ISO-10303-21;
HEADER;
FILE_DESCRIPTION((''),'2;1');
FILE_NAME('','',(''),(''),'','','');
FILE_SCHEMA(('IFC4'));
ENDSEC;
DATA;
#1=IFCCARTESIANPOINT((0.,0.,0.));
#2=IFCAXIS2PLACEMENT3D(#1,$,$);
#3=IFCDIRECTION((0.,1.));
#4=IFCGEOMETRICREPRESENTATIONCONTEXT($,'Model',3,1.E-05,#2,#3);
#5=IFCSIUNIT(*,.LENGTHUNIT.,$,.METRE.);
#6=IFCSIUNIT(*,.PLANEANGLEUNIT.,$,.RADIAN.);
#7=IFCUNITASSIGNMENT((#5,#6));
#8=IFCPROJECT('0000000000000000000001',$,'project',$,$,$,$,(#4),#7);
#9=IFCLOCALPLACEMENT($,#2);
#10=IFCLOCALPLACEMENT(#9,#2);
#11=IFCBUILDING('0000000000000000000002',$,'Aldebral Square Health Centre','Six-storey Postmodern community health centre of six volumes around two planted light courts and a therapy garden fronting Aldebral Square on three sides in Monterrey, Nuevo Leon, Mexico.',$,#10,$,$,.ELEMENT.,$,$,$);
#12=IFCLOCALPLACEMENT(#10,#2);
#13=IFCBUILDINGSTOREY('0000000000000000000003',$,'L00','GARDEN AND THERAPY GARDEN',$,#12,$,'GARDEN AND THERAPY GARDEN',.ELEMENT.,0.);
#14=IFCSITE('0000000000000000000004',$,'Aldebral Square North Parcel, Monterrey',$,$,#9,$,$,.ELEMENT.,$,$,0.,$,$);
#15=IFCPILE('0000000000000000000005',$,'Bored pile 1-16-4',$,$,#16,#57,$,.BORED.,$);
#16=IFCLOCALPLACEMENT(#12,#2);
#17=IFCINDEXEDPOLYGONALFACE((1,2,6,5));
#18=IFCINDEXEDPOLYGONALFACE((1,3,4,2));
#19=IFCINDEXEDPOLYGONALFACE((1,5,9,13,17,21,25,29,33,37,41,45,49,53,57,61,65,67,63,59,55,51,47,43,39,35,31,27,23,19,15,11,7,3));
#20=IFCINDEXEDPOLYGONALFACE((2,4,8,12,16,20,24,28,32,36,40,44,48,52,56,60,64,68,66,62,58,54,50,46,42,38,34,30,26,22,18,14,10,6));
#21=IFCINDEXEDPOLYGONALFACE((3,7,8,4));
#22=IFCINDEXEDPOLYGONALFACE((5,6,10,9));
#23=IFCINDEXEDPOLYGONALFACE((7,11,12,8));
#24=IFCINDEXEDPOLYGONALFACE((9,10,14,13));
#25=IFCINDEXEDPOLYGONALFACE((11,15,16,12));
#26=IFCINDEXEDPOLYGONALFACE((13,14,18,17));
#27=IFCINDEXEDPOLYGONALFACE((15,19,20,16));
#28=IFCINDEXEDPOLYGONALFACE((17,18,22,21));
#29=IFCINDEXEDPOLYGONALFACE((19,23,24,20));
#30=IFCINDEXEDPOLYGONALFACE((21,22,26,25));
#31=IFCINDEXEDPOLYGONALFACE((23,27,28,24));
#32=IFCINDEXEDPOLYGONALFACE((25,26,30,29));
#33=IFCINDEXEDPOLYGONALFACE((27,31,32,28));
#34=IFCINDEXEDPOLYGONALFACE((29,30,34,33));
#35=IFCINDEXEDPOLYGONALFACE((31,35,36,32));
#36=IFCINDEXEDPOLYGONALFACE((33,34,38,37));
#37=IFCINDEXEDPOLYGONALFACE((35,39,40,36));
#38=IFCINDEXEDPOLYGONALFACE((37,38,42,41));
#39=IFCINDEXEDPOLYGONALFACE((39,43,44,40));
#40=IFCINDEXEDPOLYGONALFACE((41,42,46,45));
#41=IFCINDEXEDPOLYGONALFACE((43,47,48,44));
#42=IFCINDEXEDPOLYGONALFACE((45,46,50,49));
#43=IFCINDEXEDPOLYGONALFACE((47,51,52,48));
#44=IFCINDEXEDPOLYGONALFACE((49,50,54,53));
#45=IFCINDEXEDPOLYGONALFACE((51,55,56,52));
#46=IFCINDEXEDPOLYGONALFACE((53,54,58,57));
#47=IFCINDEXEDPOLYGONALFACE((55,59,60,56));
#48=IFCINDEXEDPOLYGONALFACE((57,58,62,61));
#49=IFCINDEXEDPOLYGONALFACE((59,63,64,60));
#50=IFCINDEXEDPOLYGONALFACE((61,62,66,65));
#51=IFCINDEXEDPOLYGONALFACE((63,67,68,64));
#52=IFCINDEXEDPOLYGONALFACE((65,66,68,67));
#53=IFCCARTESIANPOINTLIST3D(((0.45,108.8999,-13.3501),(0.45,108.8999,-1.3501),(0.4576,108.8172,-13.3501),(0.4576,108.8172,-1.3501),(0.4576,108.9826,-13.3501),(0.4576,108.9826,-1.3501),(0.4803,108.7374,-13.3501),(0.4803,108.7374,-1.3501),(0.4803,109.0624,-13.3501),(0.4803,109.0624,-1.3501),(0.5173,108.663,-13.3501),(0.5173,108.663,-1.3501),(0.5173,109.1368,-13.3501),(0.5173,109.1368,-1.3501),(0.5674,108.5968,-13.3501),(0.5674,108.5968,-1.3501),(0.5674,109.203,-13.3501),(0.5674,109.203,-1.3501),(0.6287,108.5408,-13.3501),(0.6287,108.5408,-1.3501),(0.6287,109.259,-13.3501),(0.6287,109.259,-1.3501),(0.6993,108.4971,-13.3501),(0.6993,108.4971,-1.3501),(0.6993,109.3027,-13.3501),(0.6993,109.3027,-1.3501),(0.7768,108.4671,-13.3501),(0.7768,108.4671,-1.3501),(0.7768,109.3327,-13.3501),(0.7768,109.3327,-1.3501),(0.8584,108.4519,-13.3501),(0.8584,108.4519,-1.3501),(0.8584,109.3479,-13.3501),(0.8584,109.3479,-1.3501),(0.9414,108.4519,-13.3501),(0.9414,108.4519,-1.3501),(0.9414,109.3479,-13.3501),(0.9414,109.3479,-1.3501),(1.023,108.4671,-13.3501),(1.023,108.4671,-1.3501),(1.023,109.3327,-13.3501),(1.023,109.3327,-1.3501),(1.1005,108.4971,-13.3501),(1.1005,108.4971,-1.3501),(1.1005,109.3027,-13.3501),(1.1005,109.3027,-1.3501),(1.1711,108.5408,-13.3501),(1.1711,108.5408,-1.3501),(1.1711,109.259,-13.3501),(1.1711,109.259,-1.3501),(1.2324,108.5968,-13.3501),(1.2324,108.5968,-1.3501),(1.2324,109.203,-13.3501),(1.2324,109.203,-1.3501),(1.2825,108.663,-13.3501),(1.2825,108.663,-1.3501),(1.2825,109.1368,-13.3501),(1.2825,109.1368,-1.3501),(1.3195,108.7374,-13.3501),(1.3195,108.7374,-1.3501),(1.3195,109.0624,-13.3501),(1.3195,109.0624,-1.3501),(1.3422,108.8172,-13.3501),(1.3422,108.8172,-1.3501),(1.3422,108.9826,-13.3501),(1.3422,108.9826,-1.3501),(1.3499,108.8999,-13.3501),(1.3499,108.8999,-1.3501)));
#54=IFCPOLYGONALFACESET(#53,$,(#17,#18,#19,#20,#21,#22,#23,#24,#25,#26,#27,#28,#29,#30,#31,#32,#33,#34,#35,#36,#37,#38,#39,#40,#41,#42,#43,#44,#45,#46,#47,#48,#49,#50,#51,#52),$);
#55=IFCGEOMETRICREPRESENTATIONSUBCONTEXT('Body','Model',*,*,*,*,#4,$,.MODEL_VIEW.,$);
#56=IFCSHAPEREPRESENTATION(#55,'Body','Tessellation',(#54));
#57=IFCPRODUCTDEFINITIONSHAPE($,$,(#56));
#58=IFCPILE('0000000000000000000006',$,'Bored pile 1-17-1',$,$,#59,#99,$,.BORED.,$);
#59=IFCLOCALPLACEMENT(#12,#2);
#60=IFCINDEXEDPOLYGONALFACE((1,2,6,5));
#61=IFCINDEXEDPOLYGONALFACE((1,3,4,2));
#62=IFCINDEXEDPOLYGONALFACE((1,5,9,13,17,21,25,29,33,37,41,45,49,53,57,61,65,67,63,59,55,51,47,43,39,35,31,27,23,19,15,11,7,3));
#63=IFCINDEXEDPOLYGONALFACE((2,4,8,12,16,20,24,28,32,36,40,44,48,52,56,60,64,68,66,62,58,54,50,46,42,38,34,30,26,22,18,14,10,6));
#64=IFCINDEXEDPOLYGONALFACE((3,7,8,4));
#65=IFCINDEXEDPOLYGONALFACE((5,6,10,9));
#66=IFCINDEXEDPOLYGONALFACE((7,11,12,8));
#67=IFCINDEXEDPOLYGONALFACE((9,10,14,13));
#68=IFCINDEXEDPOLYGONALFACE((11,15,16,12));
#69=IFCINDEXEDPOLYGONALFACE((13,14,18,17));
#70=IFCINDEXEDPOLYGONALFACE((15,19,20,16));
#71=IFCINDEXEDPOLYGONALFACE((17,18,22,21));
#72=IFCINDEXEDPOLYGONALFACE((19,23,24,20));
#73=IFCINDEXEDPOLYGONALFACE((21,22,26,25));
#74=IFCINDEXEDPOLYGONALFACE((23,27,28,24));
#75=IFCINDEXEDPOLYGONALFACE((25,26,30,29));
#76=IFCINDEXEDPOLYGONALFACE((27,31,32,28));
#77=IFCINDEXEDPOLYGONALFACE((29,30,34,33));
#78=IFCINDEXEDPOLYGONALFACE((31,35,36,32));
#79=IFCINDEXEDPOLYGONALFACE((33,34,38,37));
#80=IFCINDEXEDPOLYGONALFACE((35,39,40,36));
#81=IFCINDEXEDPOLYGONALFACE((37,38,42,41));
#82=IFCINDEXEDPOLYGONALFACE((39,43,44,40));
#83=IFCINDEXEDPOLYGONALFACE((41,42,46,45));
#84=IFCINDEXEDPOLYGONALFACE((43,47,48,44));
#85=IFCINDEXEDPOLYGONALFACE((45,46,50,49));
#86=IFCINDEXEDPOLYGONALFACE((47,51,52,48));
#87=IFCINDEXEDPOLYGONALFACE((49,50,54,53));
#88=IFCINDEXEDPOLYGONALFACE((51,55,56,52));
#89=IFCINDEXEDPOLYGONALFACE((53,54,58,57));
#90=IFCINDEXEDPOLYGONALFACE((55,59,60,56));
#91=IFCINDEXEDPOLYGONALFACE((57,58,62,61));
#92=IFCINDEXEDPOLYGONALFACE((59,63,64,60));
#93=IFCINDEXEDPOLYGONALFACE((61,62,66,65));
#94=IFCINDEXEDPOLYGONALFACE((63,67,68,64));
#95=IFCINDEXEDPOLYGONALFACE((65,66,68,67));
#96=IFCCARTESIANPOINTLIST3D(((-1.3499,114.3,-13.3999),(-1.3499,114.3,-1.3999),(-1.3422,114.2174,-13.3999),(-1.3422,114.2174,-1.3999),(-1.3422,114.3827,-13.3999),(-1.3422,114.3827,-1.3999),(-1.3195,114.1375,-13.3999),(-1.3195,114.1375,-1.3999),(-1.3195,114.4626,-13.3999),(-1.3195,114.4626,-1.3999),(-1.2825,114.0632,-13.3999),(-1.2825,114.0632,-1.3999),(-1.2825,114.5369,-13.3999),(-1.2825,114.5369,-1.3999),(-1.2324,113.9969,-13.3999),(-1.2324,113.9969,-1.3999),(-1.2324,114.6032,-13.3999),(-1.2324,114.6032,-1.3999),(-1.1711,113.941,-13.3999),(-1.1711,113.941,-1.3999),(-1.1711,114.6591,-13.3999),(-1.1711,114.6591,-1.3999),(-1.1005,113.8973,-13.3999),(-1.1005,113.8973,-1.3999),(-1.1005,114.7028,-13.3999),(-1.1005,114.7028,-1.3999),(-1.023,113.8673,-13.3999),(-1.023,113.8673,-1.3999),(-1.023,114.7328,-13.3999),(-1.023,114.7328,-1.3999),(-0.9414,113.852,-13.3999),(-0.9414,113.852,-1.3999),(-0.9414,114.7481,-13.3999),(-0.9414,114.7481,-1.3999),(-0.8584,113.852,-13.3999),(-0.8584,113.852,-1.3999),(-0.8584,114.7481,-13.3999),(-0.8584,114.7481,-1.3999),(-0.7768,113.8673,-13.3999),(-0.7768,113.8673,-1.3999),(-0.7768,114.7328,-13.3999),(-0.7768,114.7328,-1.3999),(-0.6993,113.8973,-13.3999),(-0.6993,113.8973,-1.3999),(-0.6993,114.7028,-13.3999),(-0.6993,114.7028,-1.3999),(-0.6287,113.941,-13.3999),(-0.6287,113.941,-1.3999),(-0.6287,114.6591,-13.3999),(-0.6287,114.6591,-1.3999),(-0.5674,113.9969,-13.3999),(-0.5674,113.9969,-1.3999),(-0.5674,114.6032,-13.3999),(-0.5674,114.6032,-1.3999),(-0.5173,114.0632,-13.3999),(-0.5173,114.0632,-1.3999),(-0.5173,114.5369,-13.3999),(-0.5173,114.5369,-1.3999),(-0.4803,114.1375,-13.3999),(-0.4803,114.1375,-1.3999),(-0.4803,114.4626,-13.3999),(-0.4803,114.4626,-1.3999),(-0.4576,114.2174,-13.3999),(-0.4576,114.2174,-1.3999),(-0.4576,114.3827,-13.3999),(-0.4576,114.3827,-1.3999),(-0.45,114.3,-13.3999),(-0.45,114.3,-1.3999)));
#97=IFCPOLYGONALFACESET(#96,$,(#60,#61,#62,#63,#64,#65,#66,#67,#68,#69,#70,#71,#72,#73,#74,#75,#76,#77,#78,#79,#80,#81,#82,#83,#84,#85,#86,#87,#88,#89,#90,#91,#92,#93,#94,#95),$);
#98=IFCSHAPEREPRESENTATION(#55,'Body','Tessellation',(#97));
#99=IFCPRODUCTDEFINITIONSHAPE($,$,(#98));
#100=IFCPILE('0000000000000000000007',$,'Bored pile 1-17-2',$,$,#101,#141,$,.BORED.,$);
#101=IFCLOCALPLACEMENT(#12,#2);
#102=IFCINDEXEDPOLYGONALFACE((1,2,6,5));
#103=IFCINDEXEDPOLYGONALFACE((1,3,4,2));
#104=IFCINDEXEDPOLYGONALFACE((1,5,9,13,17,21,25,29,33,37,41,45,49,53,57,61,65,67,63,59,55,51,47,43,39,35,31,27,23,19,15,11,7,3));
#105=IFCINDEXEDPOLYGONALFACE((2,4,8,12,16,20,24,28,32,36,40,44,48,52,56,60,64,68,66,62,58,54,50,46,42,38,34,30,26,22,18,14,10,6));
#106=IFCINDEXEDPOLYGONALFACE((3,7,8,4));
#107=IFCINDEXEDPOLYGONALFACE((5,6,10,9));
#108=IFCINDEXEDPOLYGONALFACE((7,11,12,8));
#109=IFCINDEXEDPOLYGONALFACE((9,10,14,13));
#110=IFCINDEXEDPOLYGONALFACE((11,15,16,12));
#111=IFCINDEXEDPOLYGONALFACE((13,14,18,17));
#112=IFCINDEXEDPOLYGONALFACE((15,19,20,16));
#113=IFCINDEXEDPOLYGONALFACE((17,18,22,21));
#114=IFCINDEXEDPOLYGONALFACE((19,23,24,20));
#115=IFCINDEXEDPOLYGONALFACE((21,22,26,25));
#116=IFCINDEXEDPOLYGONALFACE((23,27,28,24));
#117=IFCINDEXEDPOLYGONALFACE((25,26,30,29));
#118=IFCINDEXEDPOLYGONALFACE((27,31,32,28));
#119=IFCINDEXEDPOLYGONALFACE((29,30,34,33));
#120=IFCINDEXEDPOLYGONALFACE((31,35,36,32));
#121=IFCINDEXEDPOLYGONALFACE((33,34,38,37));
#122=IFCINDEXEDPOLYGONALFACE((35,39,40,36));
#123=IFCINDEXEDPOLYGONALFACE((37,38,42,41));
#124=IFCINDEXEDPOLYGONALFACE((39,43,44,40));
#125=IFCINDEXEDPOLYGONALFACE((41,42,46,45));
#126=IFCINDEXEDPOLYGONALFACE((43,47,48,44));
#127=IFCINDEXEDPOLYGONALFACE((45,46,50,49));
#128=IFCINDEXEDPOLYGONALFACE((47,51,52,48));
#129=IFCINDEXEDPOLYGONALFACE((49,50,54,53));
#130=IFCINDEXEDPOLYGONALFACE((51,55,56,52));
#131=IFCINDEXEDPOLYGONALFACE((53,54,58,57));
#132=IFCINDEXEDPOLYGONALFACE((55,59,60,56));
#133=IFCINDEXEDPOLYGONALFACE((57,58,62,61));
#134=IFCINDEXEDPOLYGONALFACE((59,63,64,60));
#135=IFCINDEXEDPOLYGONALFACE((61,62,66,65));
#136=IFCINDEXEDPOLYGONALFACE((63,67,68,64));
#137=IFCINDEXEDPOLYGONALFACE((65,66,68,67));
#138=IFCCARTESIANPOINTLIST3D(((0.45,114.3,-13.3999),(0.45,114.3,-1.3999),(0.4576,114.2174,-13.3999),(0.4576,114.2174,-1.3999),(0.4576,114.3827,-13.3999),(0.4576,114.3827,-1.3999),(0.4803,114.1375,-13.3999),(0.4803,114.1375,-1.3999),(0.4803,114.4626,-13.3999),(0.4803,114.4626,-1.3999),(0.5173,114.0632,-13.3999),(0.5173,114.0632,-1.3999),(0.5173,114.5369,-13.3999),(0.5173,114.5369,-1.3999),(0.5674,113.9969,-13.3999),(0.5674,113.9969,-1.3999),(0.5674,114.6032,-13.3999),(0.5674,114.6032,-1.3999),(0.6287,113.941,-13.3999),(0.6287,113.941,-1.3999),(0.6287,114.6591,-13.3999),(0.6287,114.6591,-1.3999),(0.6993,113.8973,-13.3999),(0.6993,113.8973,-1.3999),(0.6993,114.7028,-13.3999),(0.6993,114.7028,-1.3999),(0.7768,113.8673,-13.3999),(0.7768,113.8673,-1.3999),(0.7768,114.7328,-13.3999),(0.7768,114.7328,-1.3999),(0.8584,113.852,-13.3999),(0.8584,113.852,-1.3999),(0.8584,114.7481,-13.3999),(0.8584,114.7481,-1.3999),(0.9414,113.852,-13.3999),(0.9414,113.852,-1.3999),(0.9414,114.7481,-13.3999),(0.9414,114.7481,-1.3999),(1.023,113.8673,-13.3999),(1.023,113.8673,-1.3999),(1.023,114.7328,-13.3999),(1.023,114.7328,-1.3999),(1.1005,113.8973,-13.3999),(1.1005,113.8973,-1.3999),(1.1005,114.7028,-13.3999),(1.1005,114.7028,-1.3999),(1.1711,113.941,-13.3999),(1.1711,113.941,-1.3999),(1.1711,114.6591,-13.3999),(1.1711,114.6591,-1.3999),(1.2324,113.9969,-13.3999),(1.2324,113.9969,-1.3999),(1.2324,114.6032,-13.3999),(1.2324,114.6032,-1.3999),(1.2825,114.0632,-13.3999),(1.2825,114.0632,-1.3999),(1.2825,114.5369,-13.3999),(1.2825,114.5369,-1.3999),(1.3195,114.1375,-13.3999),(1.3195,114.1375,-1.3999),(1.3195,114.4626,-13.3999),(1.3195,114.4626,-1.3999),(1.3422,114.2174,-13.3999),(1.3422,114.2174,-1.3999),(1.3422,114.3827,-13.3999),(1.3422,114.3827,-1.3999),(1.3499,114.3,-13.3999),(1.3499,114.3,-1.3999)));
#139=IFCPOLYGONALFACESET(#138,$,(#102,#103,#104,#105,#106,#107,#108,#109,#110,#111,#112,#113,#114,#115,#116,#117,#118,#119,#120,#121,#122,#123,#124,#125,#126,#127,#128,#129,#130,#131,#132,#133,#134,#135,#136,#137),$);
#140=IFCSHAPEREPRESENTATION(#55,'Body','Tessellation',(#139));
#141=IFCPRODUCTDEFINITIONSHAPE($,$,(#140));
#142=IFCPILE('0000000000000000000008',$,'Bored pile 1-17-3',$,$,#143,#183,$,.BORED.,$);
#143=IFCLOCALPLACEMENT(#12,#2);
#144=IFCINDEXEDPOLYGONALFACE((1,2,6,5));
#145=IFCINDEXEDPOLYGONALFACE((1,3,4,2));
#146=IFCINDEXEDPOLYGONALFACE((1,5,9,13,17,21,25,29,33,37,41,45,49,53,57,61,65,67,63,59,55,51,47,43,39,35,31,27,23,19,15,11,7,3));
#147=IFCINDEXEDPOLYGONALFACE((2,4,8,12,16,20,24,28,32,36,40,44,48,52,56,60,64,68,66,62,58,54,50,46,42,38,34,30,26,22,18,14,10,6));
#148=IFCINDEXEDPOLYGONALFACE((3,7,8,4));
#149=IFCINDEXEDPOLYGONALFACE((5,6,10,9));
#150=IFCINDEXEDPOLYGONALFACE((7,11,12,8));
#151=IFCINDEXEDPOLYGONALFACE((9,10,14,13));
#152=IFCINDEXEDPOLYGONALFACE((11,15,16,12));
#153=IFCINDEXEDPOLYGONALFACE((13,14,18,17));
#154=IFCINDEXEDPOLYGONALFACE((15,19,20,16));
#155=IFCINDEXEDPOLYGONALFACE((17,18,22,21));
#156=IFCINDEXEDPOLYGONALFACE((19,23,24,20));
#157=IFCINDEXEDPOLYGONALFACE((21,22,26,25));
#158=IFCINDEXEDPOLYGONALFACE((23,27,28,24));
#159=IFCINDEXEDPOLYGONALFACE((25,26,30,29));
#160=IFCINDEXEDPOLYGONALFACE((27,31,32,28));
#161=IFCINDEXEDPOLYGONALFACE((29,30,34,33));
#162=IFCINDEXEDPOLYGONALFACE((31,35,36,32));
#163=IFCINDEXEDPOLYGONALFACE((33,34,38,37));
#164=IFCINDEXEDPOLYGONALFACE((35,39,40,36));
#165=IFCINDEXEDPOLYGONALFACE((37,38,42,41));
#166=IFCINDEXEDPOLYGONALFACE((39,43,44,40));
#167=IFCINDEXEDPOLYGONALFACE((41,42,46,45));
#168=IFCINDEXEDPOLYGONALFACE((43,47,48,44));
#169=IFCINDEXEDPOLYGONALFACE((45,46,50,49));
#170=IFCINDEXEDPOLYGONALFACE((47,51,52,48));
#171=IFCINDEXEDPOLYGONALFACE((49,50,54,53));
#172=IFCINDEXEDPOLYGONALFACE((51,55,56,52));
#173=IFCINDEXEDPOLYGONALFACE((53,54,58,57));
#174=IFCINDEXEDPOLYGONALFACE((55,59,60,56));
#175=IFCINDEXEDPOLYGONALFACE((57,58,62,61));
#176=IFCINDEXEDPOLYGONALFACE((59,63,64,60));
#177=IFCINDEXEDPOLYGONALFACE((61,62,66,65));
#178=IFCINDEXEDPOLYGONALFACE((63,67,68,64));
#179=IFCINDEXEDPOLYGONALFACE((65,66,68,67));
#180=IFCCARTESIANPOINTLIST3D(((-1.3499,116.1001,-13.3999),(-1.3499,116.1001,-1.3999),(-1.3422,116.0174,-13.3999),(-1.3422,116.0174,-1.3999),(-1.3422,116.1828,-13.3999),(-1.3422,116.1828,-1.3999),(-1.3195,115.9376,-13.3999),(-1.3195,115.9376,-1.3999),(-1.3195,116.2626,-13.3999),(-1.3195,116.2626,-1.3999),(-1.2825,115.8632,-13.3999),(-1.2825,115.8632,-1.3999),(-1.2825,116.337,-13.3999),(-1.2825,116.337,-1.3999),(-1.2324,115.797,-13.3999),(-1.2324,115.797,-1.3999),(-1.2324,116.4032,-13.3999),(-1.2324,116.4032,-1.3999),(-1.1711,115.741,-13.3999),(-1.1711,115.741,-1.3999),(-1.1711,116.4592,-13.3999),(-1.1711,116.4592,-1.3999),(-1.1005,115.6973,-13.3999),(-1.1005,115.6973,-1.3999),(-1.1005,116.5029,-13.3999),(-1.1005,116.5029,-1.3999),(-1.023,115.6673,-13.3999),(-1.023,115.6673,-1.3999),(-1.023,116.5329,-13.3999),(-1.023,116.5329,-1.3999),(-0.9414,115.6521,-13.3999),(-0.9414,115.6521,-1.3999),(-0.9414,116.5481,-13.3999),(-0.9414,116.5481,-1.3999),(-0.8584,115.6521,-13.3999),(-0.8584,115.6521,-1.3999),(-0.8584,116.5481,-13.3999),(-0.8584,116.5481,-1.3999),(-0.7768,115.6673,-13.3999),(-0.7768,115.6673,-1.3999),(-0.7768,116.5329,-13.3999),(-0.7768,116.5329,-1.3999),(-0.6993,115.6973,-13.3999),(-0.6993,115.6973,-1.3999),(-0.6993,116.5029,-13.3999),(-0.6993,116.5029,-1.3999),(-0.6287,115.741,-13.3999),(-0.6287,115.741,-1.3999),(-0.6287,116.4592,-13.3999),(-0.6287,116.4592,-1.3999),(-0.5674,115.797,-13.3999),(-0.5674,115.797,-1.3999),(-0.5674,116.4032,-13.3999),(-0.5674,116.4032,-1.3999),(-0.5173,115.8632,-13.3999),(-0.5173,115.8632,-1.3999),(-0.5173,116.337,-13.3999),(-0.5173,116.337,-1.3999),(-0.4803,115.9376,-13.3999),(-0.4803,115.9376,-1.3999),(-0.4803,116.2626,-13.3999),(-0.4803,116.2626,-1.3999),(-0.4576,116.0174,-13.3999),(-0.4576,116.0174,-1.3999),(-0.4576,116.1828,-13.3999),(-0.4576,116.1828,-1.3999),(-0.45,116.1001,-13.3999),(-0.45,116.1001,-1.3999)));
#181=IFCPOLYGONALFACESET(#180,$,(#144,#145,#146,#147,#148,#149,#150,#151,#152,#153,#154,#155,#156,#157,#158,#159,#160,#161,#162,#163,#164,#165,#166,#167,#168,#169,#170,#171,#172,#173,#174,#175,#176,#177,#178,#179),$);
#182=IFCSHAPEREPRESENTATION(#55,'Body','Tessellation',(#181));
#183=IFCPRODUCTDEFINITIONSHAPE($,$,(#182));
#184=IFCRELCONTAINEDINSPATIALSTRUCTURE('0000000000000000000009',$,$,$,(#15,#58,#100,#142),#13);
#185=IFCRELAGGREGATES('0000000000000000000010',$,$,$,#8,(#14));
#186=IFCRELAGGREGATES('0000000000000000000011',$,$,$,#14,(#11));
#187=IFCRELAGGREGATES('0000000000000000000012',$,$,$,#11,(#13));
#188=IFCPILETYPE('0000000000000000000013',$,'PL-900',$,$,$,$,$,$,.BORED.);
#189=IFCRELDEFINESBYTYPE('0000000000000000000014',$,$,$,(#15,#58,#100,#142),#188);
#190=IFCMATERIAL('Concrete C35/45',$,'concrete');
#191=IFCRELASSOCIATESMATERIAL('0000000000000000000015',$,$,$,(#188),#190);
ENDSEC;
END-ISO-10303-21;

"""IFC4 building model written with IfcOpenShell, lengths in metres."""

from ifc_helpers import new_model, si_unit, direction, frame, origin, origin_2d, place, context, subcontext, project, spatial, circle, extrude, material, material_profile, profile_set, type_object, element, save


model = new_model("IFC4")

# Units and contexts
model_context = context("Model", 3, precision=1e-05, world=origin(), true_north=direction((0.0, 1.0)))
body_context = subcontext(model_context, "Body", "Model", "MODEL_VIEW")
ifc_project = project(units=[si_unit("LENGTHUNIT", "METRE"), si_unit("PLANEANGLEUNIT", "RADIAN")], contexts=[model_context])

# Site, building, storey
site_placement = place(None, origin())
site = spatial("IfcSite", under=ifc_project, at=site_placement, Name="Aldebral Square North Parcel, Monterrey", CompositionType="ELEMENT", RefElevation=0.0)
building_placement = place(site_placement, origin())
building = spatial("IfcBuilding", under=site, at=building_placement, Name="Aldebral Square Health Centre", Description="Six-storey Postmodern community health centre of six volumes around two planted light courts and a therapy garden fronting Aldebral Square on three sides in Monterrey, Nuevo Leon, Mexico.", CompositionType="ELEMENT")
storey_placement = place(building_placement, origin())
storey = spatial("IfcBuildingStorey", under=building, at=storey_placement, Name="L00", Description="GARDEN AND THERAPY GARDEN", LongName="GARDEN AND THERAPY GARDEN", CompositionType="ELEMENT", Elevation=0.0)

# Shared definitions
ifc_material_1 = material(Name="Concrete C35/45", Category="concrete")

# Piles
ifc_material_profile_1 = material_profile(ifc_material_1, circle(Radius=0.45, at=origin_2d()), Name="PILE D900")
ifc_profile_set_1 = profile_set([ifc_material_profile_1], Name="Concrete C35/45")
pile_type = type_object("IfcPileType", Name="PL-900", PredefinedType="BORED", material=ifc_profile_set_1)
for number, where, z_axis, x_axis, name in (
    (1, (0.8999, 108.8999, -1.3501), (0.0, 0.0, -1.0), (1.0, 0.0, 0.0), "Bored pile 1-16-4"),
    (2, (-0.8999, 114.3, -1.3999), (0.0, 0.0, -1.0), (1.0, 0.0, 0.0), "Bored pile 1-17-1"),
    (3, (0.8999, 114.3, -1.3999), (0.0, 0.0, -1.0), (1.0, 0.0, 0.0), "Bored pile 1-17-2"),
    (4, (-0.8999, 116.1001, -1.3999), (0.0, 0.0, -1.0), (1.0, 0.0, 0.0), "Bored pile 1-17-3"),
):
    element("IfcPile", number, at=place(storey_placement, frame(where, z_axis=z_axis, x_axis=x_axis)), inside=storey, type_object=pile_type, Name=name, PredefinedType="BORED", context=body_context, shape_type="SweptSolid", body=[
        extrude(circle(Radius=0.45, at=origin_2d()), origin(), (0.0, 0.0, 1.0), 12.0),
    ])

save(model, "model.ifc")
